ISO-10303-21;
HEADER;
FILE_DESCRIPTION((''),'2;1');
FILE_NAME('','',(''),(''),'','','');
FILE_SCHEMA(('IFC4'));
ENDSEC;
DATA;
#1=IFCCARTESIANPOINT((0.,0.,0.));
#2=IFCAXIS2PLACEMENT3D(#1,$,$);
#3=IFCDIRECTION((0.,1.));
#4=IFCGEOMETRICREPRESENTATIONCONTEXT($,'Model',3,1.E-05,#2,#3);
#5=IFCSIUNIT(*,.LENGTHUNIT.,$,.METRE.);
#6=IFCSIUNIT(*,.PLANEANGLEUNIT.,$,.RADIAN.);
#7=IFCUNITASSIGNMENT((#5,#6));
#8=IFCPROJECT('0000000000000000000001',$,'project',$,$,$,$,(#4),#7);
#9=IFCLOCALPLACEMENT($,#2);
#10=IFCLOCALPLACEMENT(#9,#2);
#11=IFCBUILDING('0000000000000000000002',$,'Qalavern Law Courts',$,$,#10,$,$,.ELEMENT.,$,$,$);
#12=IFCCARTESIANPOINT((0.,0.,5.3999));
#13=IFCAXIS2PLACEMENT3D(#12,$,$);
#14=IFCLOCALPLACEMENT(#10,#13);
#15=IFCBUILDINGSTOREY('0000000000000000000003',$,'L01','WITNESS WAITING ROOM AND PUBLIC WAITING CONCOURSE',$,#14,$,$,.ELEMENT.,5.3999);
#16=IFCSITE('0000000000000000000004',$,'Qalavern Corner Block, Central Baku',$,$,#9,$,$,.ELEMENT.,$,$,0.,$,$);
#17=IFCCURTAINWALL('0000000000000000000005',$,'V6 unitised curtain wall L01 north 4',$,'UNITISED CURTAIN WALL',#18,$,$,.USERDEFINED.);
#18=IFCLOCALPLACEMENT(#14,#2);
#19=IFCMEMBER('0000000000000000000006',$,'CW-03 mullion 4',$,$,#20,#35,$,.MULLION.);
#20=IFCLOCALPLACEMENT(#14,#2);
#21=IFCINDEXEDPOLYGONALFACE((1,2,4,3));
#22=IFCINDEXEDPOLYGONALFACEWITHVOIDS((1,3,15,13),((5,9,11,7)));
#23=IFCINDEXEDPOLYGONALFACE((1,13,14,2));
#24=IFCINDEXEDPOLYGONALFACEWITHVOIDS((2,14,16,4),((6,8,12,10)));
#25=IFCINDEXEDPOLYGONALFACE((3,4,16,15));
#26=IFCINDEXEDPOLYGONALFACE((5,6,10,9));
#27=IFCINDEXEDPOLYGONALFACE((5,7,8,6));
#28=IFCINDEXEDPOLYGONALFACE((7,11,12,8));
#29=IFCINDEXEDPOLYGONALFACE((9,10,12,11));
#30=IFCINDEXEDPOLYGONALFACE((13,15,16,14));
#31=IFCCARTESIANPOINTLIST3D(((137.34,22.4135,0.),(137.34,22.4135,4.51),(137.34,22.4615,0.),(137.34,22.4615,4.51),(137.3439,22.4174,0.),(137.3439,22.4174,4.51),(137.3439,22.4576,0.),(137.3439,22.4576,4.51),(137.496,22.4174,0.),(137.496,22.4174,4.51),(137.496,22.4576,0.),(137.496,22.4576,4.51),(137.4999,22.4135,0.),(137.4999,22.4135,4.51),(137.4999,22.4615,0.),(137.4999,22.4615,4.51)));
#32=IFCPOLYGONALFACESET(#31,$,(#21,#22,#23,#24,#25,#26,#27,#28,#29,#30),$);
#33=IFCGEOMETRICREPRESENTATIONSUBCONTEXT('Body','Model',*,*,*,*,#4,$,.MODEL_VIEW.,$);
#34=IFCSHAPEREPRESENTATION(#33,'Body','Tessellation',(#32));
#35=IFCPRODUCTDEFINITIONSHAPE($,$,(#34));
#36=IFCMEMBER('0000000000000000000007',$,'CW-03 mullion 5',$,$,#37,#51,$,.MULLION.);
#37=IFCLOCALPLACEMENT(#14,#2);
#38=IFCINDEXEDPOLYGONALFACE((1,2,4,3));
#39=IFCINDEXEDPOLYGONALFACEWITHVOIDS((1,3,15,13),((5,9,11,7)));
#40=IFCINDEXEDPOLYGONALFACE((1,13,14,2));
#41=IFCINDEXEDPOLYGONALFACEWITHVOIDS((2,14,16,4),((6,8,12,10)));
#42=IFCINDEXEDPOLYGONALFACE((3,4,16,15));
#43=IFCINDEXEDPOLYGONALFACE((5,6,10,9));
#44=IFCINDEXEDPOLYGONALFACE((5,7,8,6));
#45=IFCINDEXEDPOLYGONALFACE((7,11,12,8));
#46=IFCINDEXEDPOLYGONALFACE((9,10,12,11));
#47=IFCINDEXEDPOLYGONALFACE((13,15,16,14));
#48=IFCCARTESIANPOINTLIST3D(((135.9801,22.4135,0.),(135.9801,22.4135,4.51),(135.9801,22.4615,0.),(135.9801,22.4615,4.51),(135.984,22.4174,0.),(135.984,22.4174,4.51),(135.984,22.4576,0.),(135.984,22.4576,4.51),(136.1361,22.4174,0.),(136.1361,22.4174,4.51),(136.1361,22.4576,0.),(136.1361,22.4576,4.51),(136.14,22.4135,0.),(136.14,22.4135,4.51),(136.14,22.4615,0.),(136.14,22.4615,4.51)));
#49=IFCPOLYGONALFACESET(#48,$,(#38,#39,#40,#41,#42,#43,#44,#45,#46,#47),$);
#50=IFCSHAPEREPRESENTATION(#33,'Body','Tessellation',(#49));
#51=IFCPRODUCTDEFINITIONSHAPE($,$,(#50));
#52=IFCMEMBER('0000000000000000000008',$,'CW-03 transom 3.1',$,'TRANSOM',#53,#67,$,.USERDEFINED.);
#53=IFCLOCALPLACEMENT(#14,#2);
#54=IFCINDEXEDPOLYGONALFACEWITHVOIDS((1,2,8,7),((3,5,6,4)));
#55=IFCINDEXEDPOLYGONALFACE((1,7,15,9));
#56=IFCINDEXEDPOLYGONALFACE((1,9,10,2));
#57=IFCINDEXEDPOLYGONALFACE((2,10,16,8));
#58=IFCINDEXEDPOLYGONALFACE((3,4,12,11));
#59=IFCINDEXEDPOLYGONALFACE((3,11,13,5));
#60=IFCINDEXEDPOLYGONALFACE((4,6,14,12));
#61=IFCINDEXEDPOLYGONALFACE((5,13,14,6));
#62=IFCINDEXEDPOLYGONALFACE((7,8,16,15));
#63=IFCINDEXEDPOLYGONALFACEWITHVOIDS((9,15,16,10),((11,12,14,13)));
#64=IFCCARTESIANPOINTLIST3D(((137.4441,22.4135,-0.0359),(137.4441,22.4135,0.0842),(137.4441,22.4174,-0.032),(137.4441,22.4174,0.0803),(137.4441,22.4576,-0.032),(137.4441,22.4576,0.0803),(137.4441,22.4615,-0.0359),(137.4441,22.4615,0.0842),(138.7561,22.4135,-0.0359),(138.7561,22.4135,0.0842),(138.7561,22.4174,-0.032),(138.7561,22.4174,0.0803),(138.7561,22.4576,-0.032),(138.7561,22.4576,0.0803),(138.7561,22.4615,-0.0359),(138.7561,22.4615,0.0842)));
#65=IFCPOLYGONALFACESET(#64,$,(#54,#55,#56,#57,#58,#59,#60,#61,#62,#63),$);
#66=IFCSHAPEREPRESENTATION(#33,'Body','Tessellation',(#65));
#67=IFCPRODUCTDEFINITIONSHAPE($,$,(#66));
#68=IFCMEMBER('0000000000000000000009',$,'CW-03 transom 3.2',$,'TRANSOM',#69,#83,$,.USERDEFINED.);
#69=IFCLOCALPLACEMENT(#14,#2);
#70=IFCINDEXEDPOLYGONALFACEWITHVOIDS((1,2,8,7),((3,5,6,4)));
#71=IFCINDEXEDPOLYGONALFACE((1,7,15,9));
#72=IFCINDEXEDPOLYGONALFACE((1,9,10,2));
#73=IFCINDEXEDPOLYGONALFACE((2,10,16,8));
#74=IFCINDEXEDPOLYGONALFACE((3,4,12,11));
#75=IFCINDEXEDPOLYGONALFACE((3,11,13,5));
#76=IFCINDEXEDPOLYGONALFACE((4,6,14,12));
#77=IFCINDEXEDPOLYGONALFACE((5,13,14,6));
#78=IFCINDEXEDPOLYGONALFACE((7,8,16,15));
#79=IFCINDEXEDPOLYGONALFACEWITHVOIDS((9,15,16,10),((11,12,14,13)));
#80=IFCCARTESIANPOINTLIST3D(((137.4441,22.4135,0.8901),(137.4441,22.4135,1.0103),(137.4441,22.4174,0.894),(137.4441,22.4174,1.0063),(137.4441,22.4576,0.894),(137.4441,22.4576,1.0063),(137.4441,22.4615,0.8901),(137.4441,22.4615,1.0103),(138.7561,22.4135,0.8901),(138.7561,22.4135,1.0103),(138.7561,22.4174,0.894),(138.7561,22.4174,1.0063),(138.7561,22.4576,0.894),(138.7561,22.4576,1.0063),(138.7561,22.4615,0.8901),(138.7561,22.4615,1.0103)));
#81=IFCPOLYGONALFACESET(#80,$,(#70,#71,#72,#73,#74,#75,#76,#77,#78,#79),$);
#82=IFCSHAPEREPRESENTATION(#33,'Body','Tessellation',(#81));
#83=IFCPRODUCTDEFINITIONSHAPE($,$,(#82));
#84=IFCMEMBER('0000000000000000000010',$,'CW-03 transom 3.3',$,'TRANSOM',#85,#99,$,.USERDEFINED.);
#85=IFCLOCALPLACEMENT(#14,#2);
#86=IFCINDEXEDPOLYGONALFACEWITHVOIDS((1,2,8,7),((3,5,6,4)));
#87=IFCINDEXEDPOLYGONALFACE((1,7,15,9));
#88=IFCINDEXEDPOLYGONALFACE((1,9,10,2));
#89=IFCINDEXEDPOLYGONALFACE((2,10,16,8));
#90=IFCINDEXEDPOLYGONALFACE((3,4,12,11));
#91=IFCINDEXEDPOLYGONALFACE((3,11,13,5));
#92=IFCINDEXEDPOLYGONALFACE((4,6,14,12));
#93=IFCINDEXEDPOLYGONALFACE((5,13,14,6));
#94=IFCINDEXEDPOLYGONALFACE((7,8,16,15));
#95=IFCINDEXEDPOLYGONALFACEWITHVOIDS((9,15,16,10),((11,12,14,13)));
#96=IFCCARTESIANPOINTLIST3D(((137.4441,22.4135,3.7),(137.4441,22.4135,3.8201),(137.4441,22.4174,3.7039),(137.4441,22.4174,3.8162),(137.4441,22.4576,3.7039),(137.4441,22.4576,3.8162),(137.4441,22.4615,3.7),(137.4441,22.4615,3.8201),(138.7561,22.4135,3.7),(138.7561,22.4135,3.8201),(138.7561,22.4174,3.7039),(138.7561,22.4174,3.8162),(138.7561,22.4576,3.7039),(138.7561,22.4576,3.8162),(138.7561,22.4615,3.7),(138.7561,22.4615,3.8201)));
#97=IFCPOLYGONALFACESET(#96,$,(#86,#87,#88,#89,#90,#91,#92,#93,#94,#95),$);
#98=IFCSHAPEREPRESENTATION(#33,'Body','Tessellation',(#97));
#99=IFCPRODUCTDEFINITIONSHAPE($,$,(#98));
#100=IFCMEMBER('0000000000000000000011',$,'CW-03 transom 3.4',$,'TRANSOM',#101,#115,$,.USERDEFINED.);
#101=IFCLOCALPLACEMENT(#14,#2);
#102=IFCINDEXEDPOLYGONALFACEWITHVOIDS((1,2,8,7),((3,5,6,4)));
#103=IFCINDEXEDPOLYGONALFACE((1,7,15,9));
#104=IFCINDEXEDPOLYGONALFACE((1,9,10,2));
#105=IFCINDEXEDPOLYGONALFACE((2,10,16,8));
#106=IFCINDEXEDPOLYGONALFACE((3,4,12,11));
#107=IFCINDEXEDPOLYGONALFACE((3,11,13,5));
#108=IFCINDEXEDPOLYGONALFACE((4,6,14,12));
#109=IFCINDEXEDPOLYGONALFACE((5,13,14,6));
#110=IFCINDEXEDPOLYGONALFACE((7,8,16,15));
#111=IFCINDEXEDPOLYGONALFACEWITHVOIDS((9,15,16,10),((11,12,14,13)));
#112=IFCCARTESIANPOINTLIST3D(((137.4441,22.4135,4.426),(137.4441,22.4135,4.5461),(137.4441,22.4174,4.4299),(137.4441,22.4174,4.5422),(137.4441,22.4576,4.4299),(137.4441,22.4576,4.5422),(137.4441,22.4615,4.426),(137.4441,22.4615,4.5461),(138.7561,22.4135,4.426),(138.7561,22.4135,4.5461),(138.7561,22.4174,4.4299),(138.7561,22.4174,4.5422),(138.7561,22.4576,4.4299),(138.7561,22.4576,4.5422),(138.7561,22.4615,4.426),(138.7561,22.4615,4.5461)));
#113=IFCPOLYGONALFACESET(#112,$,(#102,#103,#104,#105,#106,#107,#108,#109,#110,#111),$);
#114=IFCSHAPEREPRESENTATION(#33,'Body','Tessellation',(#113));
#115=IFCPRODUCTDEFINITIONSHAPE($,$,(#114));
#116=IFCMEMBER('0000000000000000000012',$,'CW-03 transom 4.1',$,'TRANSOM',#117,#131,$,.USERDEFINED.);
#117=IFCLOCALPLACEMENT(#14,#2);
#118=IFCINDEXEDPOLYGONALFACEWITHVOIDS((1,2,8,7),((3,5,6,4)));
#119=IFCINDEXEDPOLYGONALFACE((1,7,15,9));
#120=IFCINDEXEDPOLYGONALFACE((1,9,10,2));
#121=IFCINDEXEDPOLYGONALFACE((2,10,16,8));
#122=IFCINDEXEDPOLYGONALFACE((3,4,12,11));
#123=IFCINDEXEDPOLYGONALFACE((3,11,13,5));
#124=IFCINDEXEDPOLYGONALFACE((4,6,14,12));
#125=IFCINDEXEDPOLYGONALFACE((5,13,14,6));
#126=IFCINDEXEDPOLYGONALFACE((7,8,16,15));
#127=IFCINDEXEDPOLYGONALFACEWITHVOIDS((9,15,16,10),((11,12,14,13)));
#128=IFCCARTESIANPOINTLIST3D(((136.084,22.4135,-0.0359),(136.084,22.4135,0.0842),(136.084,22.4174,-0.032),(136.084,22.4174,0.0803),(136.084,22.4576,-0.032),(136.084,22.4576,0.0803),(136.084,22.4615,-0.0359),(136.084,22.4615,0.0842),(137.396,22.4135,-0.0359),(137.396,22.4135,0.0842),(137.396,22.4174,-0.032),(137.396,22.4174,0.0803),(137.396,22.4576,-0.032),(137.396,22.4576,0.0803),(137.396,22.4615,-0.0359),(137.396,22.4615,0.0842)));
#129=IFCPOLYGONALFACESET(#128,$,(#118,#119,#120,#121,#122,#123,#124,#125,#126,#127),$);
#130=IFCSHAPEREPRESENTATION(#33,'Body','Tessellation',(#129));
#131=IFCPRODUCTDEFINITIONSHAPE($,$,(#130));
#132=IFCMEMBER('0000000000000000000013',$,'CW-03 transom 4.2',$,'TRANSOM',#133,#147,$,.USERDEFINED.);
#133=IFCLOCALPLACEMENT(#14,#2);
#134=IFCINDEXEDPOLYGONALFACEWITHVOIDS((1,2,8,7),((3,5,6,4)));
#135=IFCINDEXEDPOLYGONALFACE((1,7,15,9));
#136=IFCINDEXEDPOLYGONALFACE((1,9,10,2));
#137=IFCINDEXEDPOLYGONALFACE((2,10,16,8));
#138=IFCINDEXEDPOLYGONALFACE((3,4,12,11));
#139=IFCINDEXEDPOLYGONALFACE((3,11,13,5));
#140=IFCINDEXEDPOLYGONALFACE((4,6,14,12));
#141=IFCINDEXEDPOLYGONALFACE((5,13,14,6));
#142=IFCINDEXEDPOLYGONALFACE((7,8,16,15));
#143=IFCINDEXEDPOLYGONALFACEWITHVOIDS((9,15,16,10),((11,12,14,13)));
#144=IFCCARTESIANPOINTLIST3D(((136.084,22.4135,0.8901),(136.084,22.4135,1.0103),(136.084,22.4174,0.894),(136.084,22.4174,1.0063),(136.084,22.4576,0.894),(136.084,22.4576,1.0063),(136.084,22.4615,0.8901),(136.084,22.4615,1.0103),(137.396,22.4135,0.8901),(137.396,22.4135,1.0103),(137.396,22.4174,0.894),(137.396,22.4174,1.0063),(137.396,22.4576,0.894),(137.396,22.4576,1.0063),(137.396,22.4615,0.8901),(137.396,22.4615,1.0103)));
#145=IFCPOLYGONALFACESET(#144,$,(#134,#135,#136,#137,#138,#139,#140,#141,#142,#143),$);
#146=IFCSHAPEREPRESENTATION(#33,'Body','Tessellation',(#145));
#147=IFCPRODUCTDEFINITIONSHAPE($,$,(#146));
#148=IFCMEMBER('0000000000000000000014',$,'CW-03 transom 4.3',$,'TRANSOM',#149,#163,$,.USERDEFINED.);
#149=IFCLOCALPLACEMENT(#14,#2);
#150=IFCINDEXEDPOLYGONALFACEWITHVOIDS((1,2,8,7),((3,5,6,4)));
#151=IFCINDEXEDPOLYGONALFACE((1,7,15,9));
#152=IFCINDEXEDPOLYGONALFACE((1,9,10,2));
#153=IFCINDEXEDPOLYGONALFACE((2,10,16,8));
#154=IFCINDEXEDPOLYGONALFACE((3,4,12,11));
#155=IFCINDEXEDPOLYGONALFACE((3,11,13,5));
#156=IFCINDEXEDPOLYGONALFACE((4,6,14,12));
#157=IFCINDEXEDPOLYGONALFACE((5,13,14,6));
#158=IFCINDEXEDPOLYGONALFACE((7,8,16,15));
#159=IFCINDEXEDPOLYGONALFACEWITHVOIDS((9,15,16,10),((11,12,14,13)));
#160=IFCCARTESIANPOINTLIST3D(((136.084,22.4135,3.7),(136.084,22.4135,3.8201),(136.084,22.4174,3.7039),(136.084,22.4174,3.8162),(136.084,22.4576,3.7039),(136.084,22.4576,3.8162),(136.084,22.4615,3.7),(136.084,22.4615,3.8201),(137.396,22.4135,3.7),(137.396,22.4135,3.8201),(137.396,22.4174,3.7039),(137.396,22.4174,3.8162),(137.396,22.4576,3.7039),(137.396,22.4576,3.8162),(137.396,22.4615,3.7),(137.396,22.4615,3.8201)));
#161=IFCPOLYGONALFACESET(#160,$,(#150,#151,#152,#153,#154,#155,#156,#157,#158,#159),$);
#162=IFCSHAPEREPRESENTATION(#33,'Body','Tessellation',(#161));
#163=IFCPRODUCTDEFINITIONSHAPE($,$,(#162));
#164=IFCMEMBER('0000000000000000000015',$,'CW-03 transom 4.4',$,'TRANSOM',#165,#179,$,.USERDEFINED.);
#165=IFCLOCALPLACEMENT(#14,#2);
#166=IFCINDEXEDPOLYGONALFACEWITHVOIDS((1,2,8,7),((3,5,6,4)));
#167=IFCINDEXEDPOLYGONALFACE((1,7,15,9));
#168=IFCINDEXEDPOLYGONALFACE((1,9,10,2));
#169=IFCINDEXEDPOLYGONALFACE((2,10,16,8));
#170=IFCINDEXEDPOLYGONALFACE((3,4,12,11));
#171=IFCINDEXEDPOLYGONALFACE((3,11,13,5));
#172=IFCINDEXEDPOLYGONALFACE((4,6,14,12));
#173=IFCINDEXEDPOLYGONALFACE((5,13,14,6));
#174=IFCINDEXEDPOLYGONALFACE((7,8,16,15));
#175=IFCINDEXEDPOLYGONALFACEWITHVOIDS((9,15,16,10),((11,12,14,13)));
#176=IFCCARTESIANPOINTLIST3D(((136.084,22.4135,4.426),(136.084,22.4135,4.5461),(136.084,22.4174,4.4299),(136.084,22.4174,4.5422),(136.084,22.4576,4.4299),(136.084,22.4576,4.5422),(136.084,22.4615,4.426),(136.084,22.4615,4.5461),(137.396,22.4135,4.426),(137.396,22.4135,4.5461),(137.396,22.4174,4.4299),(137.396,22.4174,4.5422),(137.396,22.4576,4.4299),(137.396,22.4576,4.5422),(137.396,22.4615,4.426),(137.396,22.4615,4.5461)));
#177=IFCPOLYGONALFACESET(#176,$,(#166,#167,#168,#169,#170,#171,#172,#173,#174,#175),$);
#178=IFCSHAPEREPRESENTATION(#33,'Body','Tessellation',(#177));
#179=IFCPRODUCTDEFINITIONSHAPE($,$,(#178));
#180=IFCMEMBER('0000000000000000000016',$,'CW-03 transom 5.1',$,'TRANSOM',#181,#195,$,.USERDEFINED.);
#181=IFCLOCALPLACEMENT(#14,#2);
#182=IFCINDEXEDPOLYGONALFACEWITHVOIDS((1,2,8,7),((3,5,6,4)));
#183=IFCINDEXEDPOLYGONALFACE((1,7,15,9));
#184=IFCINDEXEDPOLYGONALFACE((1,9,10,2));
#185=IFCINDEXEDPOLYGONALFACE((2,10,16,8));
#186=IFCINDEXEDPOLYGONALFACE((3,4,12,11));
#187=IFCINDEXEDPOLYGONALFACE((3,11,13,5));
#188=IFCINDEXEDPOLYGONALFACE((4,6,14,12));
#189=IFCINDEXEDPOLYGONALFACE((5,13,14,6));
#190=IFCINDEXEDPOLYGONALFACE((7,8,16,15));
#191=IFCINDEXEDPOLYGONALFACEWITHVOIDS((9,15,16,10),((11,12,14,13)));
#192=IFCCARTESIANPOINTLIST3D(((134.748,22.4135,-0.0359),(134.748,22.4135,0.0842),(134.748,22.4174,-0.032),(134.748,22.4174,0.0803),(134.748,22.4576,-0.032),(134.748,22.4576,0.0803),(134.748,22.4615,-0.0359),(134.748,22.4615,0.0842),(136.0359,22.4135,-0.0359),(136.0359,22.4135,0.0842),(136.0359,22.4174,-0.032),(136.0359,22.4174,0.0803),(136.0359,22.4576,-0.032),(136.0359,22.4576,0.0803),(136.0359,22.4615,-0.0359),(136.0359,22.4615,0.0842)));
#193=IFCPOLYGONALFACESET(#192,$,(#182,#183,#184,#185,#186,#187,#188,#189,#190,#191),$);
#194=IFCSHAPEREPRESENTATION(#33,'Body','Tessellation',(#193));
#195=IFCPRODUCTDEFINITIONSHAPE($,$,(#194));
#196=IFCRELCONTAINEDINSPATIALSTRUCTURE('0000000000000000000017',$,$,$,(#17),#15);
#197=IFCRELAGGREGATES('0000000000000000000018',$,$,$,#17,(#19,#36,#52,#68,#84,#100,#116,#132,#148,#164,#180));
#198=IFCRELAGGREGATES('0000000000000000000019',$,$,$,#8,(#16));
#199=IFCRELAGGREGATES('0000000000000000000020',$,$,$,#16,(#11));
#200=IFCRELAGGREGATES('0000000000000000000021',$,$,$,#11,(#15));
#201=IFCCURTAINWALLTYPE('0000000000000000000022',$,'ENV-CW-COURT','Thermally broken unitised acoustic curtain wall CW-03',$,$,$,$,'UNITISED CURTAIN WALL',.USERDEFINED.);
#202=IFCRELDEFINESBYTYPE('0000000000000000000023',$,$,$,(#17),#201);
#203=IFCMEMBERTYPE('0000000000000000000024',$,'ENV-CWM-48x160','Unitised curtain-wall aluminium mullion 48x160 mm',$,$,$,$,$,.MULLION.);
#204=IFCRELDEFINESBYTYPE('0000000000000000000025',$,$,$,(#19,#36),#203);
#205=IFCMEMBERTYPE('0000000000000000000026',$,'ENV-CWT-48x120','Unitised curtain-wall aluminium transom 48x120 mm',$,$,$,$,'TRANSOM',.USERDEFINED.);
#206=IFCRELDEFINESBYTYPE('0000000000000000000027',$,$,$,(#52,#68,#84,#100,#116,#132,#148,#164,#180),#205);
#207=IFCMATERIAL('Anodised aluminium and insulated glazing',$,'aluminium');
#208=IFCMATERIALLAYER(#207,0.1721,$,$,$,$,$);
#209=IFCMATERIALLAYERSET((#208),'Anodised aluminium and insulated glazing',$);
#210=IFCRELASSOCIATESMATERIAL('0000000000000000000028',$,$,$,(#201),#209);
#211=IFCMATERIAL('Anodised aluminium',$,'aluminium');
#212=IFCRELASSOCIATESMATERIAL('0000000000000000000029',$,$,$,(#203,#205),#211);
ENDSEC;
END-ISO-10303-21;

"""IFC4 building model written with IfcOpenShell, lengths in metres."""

from ifc_helpers import new_model, si_unit, direction, frame, origin, origin_2d, place, context, subcontext, project, spatial, hollow_rectangle, extrude, material, layer, layer_set, material_profile, profile_set, type_object, element, aggregate, save


model = new_model("IFC4")

# Units and contexts
model_context = context("Model", 3, precision=1e-05, world=origin(), true_north=direction((0.0, 1.0)))
body_context = subcontext(model_context, "Body", "Model", "MODEL_VIEW")
ifc_project = project(units=[si_unit("LENGTHUNIT", "METRE"), si_unit("PLANEANGLEUNIT", "RADIAN")], contexts=[model_context])

# Site, building, storey
site_placement = place(None, origin())
site = spatial("IfcSite", under=ifc_project, at=site_placement, Name="Qalavern Corner Block, Central Baku", CompositionType="ELEMENT", RefElevation=0.0)
building_placement = place(site_placement, origin())
building = spatial("IfcBuilding", under=site, at=building_placement, Name="Qalavern Law Courts", CompositionType="ELEMENT")
storey_placement = place(building_placement, frame((0.0, 0.0, 5.3999)))
storey = spatial("IfcBuildingStorey", under=building, at=storey_placement, Name="L01", Description="WITNESS WAITING ROOM AND PUBLIC WAITING CONCOURSE", CompositionType="ELEMENT", Elevation=5.3999)

# Curtain wall, members
ifc_material_1 = material(Name="Anodised aluminium and insulated glazing", Category="aluminium")
ifc_layer_1 = layer(ifc_material_1, 0.1721)
ifc_layer_set_1 = layer_set([ifc_layer_1], Name="Anodised aluminium and insulated glazing")
curtain_wall_type = type_object("IfcCurtainWallType", Name="ENV-CW-COURT", Description="Thermally broken unitised acoustic curtain wall CW-03", ElementType="UNITISED CURTAIN WALL", PredefinedType="USERDEFINED", material=ifc_layer_set_1)
curtain_wall_placement = place(storey_placement, origin())
curtain_wall = element("IfcCurtainWall", 1, at=curtain_wall_placement, inside=storey, type_object=curtain_wall_type, Name="V6 unitised curtain wall L01 north 4", ObjectType="UNITISED CURTAIN WALL", PredefinedType="USERDEFINED")
ifc_material_2 = material(Name="Anodised aluminium", Category="aluminium")
ifc_material_profile_1 = material_profile(ifc_material_2, hollow_rectangle(XDim=0.0481, YDim=0.1599, WallThickness=0.0039, at=origin_2d()), Name="ALU MULLION 48x160")
ifc_profile_set_1 = profile_set([ifc_material_profile_1], Name="Anodised aluminium")
member_type_1 = type_object("IfcMemberType", Name="ENV-CWM-48x160", Description="Unitised curtain-wall aluminium mullion 48x160 mm", PredefinedType="MULLION", material=ifc_profile_set_1)
member_1_placement = place(storey_placement, frame((137.4199, 22.4375, 0.0), z_axis=(0.0, 0.0, 1.0), x_axis=(0.0, -1.0, 0.0)))
member_1 = element("IfcMember", 2, at=member_1_placement, type_object=member_type_1, Name="CW-03 mullion 4", PredefinedType="MULLION", context=body_context, shape_type="SweptSolid", body=[
    extrude(hollow_rectangle(XDim=0.0481, YDim=0.1599, WallThickness=0.0039, at=origin_2d()), origin(), (0.0, 0.0, 1.0), 4.51),
])
member_2_placement = place(storey_placement, frame((136.0601, 22.4375, 0.0), z_axis=(0.0, 0.0, 1.0), x_axis=(0.0, -1.0, 0.0)))
member_2 = element("IfcMember", 3, at=member_2_placement, type_object=member_type_1, Name="CW-03 mullion 5", PredefinedType="MULLION", context=body_context, shape_type="SweptSolid", body=[
    extrude(hollow_rectangle(XDim=0.0481, YDim=0.1599, WallThickness=0.0039, at=origin_2d()), origin(), (0.0, 0.0, 1.0), 4.51),
])
ifc_material_profile_2 = material_profile(ifc_material_2, hollow_rectangle(XDim=0.0481, YDim=0.1201, WallThickness=0.0039, at=origin_2d()), Name="ALU TRANSOM 48x120")
ifc_profile_set_2 = profile_set([ifc_material_profile_2], Name="Anodised aluminium")
member_type_2 = type_object("IfcMemberType", Name="ENV-CWT-48x120", Description="Unitised curtain-wall aluminium transom 48x120 mm", ElementType="TRANSOM", PredefinedType="USERDEFINED", material=ifc_profile_set_2)
member_3_placement = place(storey_placement, frame((138.7561, 22.4375, 0.0242), z_axis=(-1.0, 0.0, 0.0), x_axis=(0.0, -1.0, 0.0)))
member_3 = element("IfcMember", 4, at=member_3_placement, type_object=member_type_2, Name="CW-03 transom 3.1", ObjectType="TRANSOM", PredefinedType="USERDEFINED", context=body_context, shape_type="SweptSolid", body=[
    extrude(hollow_rectangle(XDim=0.0481, YDim=0.1201, WallThickness=0.0039, at=origin_2d()), origin(), (0.0, 0.0, 1.0), 1.312),
])
member_4_placement = place(storey_placement, frame((138.7561, 22.4375, 0.9502), z_axis=(-1.0, 0.0, 0.0), x_axis=(0.0, -1.0, 0.0)))
member_4 = element("IfcMember", 5, at=member_4_placement, type_object=member_type_2, Name="CW-03 transom 3.2", ObjectType="TRANSOM", PredefinedType="USERDEFINED", context=body_context, shape_type="SweptSolid", body=[
    extrude(hollow_rectangle(XDim=0.0481, YDim=0.1201, WallThickness=0.0039, at=origin_2d()), origin(), (0.0, 0.0, 1.0), 1.312),
])
member_5_placement = place(storey_placement, frame((138.7561, 22.4375, 3.76), z_axis=(-1.0, 0.0, 0.0), x_axis=(0.0, -1.0, 0.0)))
member_5 = element("IfcMember", 6, at=member_5_placement, type_object=member_type_2, Name="CW-03 transom 3.3", ObjectType="TRANSOM", PredefinedType="USERDEFINED", context=body_context, shape_type="SweptSolid", body=[
    extrude(hollow_rectangle(XDim=0.0481, YDim=0.1201, WallThickness=0.0039, at=origin_2d()), origin(), (0.0, 0.0, 1.0), 1.312),
])
member_6_placement = place(storey_placement, frame((138.7561, 22.4375, 4.4861), z_axis=(-1.0, 0.0, 0.0), x_axis=(0.0, -1.0, 0.0)))
member_6 = element("IfcMember", 7, at=member_6_placement, type_object=member_type_2, Name="CW-03 transom 3.4", ObjectType="TRANSOM", PredefinedType="USERDEFINED", context=body_context, shape_type="SweptSolid", body=[
    extrude(hollow_rectangle(XDim=0.0481, YDim=0.1201, WallThickness=0.0039, at=origin_2d()), origin(), (0.0, 0.0, 1.0), 1.312),
])
member_7_placement = place(storey_placement, frame((137.396, 22.4375, 0.0242), z_axis=(-1.0, 0.0, 0.0), x_axis=(0.0, -1.0, 0.0)))
member_7 = element("IfcMember", 8, at=member_7_placement, type_object=member_type_2, Name="CW-03 transom 4.1", ObjectType="TRANSOM", PredefinedType="USERDEFINED", context=body_context, shape_type="SweptSolid", body=[
    extrude(hollow_rectangle(XDim=0.0481, YDim=0.1201, WallThickness=0.0039, at=origin_2d()), origin(), (0.0, 0.0, 1.0), 1.312),
])
member_8_placement = place(storey_placement, frame((137.396, 22.4375, 0.9502), z_axis=(-1.0, 0.0, 0.0), x_axis=(0.0, -1.0, 0.0)))
member_8 = element("IfcMember", 9, at=member_8_placement, type_object=member_type_2, Name="CW-03 transom 4.2", ObjectType="TRANSOM", PredefinedType="USERDEFINED", context=body_context, shape_type="SweptSolid", body=[
    extrude(hollow_rectangle(XDim=0.0481, YDim=0.1201, WallThickness=0.0039, at=origin_2d()), origin(), (0.0, 0.0, 1.0), 1.312),
])
member_9_placement = place(storey_placement, frame((137.396, 22.4375, 3.76), z_axis=(-1.0, 0.0, 0.0), x_axis=(0.0, -1.0, 0.0)))
member_9 = element("IfcMember", 10, at=member_9_placement, type_object=member_type_2, Name="CW-03 transom 4.3", ObjectType="TRANSOM", PredefinedType="USERDEFINED", context=body_context, shape_type="SweptSolid", body=[
    extrude(hollow_rectangle(XDim=0.0481, YDim=0.1201, WallThickness=0.0039, at=origin_2d()), origin(), (0.0, 0.0, 1.0), 1.312),
])
member_10_placement = place(storey_placement, frame((137.396, 22.4375, 4.4861), z_axis=(-1.0, 0.0, 0.0), x_axis=(0.0, -1.0, 0.0)))
member_10 = element("IfcMember", 11, at=member_10_placement, type_object=member_type_2, Name="CW-03 transom 4.4", ObjectType="TRANSOM", PredefinedType="USERDEFINED", context=body_context, shape_type="SweptSolid", body=[
    extrude(hollow_rectangle(XDim=0.0481, YDim=0.1201, WallThickness=0.0039, at=origin_2d()), origin(), (0.0, 0.0, 1.0), 1.312),
])
member_11_placement = place(storey_placement, frame((136.0359, 22.4375, 0.0242), z_axis=(-1.0, 0.0, 0.0), x_axis=(0.0, -1.0, 0.0)))
member_11 = element("IfcMember", 12, at=member_11_placement, type_object=member_type_2, Name="CW-03 transom 5.1", ObjectType="TRANSOM", PredefinedType="USERDEFINED", context=body_context, shape_type="SweptSolid", body=[
    extrude(hollow_rectangle(XDim=0.0481, YDim=0.1201, WallThickness=0.0039, at=origin_2d()), origin(), (0.0, 0.0, 1.0), 1.2878),
])
aggregate(curtain_wall, [member_1, member_2, member_3, member_4, member_5, member_6, member_7, member_8, member_9, member_10, member_11])

save(model, "model.ifc")
